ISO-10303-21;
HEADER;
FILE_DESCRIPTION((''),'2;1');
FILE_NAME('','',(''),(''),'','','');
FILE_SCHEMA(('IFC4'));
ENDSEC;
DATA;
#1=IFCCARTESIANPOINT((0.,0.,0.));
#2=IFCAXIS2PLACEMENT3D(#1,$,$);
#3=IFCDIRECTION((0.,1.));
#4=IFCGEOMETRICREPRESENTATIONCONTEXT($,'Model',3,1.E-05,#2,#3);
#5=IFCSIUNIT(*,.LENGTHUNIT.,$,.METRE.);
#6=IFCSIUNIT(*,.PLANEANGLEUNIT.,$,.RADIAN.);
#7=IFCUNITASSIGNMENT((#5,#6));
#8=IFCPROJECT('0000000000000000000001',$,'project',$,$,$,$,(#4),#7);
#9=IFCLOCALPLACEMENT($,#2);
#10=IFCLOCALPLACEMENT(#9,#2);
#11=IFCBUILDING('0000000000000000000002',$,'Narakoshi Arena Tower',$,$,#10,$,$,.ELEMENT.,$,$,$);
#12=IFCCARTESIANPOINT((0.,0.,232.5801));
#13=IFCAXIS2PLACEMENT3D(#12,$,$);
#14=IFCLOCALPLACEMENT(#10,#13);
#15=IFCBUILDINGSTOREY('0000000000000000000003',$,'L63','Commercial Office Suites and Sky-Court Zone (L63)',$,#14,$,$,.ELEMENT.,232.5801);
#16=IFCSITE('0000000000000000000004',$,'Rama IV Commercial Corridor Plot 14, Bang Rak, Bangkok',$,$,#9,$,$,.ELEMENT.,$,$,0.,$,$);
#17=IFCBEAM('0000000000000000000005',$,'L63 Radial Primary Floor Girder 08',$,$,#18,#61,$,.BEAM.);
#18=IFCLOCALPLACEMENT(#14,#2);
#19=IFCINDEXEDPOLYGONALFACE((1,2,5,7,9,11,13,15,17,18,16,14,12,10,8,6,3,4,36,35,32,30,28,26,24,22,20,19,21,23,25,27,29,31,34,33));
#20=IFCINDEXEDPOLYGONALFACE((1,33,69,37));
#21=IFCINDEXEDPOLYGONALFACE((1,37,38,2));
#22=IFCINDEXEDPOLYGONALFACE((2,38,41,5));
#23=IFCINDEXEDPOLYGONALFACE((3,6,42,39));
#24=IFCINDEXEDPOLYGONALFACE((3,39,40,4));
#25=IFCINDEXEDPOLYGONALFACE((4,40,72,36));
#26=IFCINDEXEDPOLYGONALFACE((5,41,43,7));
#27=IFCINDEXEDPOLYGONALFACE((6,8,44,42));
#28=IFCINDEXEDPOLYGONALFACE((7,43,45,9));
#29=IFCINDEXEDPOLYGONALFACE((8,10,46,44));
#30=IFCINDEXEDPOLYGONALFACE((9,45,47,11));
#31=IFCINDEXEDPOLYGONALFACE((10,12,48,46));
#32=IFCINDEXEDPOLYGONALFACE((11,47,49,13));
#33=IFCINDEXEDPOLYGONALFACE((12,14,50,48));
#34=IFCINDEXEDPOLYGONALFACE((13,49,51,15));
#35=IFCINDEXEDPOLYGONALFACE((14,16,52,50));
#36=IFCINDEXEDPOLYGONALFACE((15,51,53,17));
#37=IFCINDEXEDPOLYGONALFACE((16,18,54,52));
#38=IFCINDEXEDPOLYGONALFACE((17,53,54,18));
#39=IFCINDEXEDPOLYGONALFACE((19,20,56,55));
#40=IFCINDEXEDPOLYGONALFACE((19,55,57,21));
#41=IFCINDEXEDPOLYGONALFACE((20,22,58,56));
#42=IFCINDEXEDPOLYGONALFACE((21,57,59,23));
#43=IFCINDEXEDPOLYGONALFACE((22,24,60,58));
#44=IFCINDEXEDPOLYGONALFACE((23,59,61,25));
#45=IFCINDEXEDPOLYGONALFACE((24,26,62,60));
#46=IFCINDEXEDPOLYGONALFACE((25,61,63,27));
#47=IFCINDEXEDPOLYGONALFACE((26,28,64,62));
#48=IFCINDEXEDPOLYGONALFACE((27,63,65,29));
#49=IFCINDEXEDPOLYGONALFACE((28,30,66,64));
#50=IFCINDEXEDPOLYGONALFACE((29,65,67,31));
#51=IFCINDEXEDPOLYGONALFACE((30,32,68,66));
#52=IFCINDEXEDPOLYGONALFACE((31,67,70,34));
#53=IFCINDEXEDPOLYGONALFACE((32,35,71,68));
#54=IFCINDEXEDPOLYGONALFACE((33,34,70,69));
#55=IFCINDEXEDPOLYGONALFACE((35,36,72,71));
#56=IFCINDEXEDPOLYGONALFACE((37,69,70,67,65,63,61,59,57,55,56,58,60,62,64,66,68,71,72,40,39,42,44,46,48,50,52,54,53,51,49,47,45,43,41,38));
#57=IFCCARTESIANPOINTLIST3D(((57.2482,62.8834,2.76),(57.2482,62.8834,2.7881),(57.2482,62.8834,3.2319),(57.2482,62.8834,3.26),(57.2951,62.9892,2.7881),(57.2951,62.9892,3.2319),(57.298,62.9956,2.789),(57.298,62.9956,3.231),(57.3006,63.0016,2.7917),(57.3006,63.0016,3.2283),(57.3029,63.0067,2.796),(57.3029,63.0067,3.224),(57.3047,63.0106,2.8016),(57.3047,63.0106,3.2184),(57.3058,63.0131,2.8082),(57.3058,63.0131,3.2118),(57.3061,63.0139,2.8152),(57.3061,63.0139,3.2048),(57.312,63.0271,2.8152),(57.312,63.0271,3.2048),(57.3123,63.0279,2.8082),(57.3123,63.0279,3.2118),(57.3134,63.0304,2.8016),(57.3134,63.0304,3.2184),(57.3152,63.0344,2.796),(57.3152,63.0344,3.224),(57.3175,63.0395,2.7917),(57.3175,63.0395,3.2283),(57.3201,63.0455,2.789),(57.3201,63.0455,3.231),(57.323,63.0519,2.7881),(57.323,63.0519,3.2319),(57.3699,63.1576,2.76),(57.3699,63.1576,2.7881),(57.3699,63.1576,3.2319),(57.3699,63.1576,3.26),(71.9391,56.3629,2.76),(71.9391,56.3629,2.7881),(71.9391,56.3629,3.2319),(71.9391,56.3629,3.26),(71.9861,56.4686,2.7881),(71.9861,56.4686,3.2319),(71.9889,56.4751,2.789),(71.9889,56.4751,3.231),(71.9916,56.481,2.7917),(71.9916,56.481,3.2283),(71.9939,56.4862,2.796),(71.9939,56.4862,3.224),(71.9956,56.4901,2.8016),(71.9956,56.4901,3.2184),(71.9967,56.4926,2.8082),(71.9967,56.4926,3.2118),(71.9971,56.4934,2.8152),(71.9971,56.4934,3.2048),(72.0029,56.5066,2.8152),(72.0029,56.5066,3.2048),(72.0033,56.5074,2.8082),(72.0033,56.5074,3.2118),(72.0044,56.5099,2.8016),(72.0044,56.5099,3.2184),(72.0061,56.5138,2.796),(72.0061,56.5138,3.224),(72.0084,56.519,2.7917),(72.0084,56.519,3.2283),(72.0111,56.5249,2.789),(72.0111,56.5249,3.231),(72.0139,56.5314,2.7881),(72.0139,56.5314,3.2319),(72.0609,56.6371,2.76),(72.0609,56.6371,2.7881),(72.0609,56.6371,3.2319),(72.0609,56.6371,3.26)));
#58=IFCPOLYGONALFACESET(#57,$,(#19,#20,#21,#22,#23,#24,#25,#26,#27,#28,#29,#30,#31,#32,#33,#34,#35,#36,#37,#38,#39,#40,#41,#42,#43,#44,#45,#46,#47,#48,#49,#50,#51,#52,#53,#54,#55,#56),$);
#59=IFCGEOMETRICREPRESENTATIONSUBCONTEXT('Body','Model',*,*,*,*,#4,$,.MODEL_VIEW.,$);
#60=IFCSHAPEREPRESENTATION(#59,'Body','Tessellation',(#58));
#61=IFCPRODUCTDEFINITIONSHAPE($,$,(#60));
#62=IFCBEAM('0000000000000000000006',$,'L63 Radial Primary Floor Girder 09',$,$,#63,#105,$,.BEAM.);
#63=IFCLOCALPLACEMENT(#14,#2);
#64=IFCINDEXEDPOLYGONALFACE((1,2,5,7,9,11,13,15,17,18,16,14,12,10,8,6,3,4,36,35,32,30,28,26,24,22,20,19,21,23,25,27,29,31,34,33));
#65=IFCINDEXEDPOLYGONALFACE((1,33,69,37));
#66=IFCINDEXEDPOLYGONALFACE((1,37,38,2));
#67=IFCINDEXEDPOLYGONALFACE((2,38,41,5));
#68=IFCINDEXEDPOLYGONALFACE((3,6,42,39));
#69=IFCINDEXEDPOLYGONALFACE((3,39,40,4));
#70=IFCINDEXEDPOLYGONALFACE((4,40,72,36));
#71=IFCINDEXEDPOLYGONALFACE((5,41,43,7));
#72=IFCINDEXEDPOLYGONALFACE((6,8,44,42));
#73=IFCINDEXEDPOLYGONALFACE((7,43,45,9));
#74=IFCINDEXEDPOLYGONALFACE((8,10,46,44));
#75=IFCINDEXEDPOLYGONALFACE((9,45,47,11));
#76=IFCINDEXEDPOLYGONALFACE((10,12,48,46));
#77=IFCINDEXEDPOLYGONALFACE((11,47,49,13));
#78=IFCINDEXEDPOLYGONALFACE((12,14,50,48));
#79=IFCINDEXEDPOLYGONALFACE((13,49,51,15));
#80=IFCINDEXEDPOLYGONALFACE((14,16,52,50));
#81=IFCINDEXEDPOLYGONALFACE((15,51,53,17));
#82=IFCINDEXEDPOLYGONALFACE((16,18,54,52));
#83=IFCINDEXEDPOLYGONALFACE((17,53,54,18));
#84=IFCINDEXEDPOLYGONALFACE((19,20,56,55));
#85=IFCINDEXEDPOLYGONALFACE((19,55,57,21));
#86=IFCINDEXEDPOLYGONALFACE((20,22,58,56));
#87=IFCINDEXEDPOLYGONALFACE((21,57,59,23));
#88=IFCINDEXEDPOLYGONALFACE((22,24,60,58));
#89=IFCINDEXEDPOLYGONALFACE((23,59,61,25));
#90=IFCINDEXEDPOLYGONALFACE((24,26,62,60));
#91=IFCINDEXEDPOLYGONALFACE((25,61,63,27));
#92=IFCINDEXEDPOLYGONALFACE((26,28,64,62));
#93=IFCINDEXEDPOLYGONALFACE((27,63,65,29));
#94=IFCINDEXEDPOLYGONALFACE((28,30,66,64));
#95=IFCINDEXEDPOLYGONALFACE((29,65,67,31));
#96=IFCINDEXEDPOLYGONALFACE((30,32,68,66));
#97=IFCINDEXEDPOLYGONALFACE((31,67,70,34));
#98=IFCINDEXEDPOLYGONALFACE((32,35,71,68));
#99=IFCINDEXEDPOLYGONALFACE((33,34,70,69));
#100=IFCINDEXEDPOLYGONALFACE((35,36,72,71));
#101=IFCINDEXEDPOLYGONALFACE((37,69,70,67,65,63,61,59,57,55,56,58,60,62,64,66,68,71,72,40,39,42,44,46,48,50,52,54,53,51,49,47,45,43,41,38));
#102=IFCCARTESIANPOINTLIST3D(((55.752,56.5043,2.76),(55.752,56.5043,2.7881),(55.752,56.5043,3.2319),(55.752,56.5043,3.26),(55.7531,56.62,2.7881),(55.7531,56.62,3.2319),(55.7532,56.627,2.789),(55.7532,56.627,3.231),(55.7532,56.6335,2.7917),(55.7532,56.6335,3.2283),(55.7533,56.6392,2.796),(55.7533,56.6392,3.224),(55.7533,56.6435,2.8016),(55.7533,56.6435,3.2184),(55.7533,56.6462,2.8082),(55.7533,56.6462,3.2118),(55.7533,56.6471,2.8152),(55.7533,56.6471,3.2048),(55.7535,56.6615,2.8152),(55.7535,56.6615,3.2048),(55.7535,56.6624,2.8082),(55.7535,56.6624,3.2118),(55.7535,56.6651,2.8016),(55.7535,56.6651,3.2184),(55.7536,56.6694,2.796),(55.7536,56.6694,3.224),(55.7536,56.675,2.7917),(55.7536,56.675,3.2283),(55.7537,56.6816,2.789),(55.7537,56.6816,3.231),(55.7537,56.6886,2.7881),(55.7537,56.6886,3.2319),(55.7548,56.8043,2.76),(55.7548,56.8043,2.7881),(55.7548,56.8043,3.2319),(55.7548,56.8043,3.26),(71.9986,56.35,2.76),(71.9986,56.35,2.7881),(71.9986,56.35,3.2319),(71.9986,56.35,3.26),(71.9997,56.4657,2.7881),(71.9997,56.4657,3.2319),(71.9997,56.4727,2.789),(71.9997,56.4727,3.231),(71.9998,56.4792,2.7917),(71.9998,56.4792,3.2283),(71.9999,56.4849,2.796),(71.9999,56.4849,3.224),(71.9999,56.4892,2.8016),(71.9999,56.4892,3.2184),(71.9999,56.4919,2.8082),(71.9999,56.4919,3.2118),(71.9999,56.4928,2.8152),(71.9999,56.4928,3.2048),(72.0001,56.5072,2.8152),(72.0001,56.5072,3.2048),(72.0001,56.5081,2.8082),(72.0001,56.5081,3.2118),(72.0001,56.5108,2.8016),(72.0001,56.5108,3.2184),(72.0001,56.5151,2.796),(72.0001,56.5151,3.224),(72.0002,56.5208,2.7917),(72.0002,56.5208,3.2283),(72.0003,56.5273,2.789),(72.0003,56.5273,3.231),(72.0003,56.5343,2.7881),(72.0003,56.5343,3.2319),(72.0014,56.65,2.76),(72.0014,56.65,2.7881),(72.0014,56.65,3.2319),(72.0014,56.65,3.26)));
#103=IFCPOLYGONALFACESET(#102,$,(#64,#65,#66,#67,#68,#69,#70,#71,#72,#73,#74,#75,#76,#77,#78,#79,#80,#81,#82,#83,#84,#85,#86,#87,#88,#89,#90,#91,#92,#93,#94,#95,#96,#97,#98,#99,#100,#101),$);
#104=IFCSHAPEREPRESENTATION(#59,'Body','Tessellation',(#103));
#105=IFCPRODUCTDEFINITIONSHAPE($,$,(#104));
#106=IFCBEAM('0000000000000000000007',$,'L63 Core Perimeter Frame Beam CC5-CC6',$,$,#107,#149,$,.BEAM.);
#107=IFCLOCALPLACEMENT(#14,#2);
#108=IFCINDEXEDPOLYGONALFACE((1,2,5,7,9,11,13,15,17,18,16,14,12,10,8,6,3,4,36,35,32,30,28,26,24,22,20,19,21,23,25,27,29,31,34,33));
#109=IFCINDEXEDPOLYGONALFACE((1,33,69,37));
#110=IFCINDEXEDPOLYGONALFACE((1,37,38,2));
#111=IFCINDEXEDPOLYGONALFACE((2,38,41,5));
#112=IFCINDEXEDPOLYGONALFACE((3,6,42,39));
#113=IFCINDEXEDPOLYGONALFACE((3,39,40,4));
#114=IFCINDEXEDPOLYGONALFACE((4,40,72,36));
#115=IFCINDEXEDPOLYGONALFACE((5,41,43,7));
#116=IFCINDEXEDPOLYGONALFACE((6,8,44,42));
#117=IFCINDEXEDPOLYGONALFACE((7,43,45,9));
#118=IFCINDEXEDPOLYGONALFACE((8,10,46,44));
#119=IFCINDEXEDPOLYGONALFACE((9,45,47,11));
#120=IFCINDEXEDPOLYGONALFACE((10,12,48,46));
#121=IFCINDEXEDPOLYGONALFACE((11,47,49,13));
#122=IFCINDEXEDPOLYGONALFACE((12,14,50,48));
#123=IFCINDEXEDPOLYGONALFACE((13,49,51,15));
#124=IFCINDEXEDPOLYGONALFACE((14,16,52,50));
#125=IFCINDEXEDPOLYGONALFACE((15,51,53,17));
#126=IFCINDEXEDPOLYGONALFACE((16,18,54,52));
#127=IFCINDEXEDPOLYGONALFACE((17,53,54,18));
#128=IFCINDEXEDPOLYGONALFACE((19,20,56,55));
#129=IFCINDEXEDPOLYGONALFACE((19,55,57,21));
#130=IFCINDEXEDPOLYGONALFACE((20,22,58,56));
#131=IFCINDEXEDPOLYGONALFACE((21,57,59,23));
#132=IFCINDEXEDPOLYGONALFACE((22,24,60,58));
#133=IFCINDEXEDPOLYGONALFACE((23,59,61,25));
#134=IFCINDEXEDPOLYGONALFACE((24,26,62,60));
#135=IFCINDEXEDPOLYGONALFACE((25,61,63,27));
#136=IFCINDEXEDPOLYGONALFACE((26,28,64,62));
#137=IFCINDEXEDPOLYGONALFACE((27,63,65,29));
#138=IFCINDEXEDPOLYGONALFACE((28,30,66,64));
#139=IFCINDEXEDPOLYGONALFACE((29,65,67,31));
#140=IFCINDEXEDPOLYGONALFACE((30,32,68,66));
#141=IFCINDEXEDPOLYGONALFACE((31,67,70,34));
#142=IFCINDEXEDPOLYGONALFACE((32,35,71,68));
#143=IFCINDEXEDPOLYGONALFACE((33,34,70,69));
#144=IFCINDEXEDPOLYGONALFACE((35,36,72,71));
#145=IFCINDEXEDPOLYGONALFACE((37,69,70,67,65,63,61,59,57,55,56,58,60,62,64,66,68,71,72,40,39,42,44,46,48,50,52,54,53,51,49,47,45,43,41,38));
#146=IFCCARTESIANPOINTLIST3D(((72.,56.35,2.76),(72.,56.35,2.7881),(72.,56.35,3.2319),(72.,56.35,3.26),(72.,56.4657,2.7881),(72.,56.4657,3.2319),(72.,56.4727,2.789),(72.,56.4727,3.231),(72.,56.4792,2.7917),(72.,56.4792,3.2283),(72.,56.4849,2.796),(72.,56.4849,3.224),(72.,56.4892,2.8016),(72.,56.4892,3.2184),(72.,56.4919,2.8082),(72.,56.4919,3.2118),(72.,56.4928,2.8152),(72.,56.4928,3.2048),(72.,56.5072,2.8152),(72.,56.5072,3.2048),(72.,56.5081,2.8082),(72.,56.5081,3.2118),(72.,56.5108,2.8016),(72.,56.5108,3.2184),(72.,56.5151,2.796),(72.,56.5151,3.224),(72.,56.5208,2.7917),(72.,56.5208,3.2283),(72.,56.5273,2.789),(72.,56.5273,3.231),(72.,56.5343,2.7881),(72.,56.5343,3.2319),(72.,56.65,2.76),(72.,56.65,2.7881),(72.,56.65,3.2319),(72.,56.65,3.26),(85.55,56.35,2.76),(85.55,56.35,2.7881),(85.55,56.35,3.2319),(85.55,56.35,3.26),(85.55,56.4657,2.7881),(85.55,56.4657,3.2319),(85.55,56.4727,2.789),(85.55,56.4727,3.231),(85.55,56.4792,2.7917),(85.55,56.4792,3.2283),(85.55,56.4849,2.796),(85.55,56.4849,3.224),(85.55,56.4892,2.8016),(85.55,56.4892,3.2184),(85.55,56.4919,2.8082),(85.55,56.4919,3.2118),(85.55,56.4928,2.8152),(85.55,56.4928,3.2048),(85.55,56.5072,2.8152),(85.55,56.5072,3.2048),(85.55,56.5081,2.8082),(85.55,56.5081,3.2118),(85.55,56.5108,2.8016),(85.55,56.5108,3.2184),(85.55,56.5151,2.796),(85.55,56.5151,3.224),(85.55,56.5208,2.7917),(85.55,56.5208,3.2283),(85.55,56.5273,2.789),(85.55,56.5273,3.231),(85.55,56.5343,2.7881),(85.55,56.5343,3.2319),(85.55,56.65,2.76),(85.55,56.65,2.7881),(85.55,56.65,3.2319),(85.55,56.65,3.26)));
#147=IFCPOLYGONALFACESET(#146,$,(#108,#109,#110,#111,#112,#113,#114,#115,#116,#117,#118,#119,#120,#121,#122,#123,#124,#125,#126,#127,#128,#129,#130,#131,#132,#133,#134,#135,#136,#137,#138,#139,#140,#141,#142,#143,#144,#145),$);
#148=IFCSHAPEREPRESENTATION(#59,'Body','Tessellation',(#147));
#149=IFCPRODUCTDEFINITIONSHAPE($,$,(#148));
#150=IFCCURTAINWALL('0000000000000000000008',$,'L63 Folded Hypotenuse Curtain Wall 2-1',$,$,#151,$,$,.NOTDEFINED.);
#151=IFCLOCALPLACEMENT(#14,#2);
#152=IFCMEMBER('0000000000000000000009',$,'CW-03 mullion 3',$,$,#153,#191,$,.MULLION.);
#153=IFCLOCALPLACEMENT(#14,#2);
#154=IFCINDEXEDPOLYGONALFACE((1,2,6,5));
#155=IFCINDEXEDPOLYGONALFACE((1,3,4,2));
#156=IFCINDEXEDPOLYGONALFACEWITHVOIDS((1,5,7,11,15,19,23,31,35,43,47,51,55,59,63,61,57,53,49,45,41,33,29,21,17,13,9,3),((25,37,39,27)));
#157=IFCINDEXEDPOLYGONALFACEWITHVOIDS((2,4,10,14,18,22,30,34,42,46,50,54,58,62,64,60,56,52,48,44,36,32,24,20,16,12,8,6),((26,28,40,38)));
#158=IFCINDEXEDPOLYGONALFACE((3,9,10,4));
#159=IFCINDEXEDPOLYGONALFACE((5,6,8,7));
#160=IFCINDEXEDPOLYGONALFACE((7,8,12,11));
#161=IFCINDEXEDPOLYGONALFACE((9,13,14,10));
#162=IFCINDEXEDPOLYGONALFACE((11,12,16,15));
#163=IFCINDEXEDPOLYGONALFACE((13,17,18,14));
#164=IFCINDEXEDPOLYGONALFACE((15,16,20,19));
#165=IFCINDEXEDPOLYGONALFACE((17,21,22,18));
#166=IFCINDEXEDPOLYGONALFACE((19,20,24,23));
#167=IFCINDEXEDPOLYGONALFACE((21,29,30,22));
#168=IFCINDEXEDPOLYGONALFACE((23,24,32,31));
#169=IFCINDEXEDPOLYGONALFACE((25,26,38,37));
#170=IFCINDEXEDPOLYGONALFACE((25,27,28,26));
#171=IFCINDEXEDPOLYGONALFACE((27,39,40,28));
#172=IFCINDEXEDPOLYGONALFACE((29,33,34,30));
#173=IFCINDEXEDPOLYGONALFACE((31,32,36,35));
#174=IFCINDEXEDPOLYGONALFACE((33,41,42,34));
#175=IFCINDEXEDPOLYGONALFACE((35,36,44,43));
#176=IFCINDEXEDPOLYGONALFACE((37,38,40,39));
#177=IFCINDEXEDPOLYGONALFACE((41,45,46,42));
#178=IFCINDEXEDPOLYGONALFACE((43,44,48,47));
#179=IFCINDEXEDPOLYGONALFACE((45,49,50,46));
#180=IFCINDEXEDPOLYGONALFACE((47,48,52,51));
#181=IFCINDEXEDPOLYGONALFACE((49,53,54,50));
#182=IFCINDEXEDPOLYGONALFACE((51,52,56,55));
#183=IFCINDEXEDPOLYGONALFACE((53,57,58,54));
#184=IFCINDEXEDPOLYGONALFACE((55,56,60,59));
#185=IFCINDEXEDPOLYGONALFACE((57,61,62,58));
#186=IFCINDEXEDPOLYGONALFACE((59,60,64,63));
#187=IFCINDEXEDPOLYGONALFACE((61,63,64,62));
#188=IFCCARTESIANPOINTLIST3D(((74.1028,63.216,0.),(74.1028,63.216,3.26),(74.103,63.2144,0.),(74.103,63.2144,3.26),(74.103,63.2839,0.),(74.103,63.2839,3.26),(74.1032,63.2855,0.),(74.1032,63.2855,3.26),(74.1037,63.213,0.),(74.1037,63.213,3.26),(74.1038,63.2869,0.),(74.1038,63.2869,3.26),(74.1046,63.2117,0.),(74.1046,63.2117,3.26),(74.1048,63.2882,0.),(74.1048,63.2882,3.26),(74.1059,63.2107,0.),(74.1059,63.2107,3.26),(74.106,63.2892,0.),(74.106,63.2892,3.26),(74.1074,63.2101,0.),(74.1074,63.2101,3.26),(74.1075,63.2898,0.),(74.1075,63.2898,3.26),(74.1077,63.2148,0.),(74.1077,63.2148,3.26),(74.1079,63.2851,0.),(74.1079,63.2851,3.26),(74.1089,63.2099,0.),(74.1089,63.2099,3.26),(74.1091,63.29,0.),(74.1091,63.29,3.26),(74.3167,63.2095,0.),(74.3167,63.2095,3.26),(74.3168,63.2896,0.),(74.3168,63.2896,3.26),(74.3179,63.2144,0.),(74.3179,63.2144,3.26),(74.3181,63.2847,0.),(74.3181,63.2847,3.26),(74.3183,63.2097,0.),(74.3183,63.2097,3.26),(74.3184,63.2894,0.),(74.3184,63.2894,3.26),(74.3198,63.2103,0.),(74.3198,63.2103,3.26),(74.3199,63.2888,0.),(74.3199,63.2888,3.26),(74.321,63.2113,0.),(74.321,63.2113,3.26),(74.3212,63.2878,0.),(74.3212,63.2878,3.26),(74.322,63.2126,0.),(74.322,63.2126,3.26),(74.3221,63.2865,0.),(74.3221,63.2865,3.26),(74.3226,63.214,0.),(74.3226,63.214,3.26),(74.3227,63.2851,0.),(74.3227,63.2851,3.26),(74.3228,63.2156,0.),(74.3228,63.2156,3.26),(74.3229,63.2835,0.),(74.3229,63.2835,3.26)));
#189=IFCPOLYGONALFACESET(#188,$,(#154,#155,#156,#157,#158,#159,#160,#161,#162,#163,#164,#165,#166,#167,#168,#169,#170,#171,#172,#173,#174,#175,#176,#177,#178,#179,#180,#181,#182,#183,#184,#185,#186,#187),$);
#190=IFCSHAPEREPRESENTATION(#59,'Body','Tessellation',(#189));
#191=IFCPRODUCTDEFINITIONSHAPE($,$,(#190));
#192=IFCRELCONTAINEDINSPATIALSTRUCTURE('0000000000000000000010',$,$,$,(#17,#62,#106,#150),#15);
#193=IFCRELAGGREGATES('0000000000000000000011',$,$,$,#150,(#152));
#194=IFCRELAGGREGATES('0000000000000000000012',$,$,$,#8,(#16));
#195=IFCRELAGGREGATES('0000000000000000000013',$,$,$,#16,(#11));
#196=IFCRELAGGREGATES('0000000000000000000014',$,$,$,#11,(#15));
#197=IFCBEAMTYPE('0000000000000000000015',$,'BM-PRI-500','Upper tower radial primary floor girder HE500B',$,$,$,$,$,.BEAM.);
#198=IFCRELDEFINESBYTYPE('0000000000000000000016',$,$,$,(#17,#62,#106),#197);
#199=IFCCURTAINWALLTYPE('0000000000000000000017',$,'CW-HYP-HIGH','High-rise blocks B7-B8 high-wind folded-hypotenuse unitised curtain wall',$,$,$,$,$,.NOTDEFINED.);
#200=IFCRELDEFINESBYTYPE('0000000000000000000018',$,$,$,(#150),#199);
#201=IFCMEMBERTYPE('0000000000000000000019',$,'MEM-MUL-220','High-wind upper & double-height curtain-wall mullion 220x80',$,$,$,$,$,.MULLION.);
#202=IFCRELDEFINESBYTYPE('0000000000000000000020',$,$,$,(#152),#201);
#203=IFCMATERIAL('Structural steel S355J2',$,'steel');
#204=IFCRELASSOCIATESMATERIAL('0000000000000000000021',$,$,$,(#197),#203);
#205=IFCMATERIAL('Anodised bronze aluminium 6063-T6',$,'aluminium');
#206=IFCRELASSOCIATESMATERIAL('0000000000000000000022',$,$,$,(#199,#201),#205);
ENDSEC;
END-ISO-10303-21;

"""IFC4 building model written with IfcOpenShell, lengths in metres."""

from ifc_helpers import new_model, si_unit, direction, frame, origin, origin_2d, place, context, subcontext, project, spatial, hollow_rectangle, i_section, extrude, material, material_profile, profile_set, type_object, element, aggregate, save


model = new_model("IFC4")

# Units and contexts
model_context = context("Model", 3, precision=1e-05, world=origin(), true_north=direction((0.0, 1.0)))
body_context = subcontext(model_context, "Body", "Model", "MODEL_VIEW")
ifc_project = project(units=[si_unit("LENGTHUNIT", "METRE"), si_unit("PLANEANGLEUNIT", "RADIAN")], contexts=[model_context])

# Site, building, storey
site_placement = place(None, origin())
site = spatial("IfcSite", under=ifc_project, at=site_placement, Name="Rama IV Commercial Corridor Plot 14, Bang Rak, Bangkok", CompositionType="ELEMENT", RefElevation=0.0)
building_placement = place(site_placement, origin())
building = spatial("IfcBuilding", under=site, at=building_placement, Name="Narakoshi Arena Tower", CompositionType="ELEMENT")
storey_placement = place(building_placement, frame((0.0, 0.0, 232.5801)))
storey = spatial("IfcBuildingStorey", under=building, at=storey_placement, Name="L63", Description="Commercial Office Suites and Sky-Court Zone (L63)", CompositionType="ELEMENT", Elevation=232.5801)

# Beams
ifc_material_1 = material(Name="Structural steel S355J2", Category="steel")
ifc_material_profile_1 = material_profile(ifc_material_1, i_section(OverallWidth=0.3, OverallDepth=0.5, WebThickness=0.0144, FlangeThickness=0.0281, FilletRadius=0.0271, at=origin_2d()), Name="HE500B")
ifc_profile_set_1 = profile_set([ifc_material_profile_1], Name="Structural steel S355J2")
beam_type = type_object("IfcBeamType", Name="BM-PRI-500", Description="Upper tower radial primary floor girder HE500B", PredefinedType="BEAM", material=ifc_profile_set_1)
beam_1_placement = place(storey_placement, frame((72.0, 56.5, 3.01), z_axis=(-0.914014, 0.405682, 0.0), x_axis=(-0.405682, -0.914014, 0.0)))
element("IfcBeam", 1, at=beam_1_placement, inside=storey, type_object=beam_type, Name="L63 Radial Primary Floor Girder 08", PredefinedType="BEAM", context=body_context, shape_type="SweptSolid", body=[
    extrude(i_section(OverallWidth=0.3, OverallDepth=0.5, WebThickness=0.0144, FlangeThickness=0.0281, FilletRadius=0.0271, at=origin_2d()), origin(), (0.0, 0.0, 1.0), 16.073),
])
beam_2_placement = place(storey_placement, frame((72.0, 56.5, 3.01), z_axis=(-0.999955, 0.009497, 0.0), x_axis=(-0.009497, -0.999955, 0.0)))
element("IfcBeam", 2, at=beam_2_placement, inside=storey, type_object=beam_type, Name="L63 Radial Primary Floor Girder 09", PredefinedType="BEAM", context=body_context, shape_type="SweptSolid", body=[
    extrude(i_section(OverallWidth=0.3, OverallDepth=0.5, WebThickness=0.0144, FlangeThickness=0.0281, FilletRadius=0.0271, at=origin_2d()), origin(), (0.0, 0.0, 1.0), 16.2473),
])
beam_3_placement = place(storey_placement, frame((72.0, 56.5, 3.01), z_axis=(1.0, 0.0, 0.0), x_axis=(0.0, 1.0, 0.0)))
element("IfcBeam", 3, at=beam_3_placement, inside=storey, type_object=beam_type, Name="L63 Core Perimeter Frame Beam CC5-CC6", PredefinedType="BEAM", context=body_context, shape_type="SweptSolid", body=[
    extrude(i_section(OverallWidth=0.3, OverallDepth=0.5, WebThickness=0.0144, FlangeThickness=0.0281, FilletRadius=0.0271, at=origin_2d()), origin(), (0.0, 0.0, 1.0), 13.55),
])

# Curtain wall, member
ifc_material_2 = material(Name="Anodised bronze aluminium 6063-T6", Category="aluminium")
curtain_wall_type = type_object("IfcCurtainWallType", Name="CW-HYP-HIGH", Description="High-rise blocks B7-B8 high-wind folded-hypotenuse unitised curtain wall", PredefinedType="NOTDEFINED", material=ifc_material_2)
curtain_wall_placement = place(storey_placement, origin())
curtain_wall = element("IfcCurtainWall", 4, at=curtain_wall_placement, inside=storey, type_object=curtain_wall_type, Name="L63 Folded Hypotenuse Curtain Wall 2-1", PredefinedType="NOTDEFINED")
ifc_material_profile_2 = material_profile(ifc_material_2, hollow_rectangle(XDim=0.0801, YDim=0.22, WallThickness=0.0049, OuterFilletRadius=0.0061, at=origin_2d()), Name="MUL220x80x5")
ifc_profile_set_2 = profile_set([ifc_material_profile_2], Name="Anodised bronze aluminium 6063-T6")
member_type_1 = type_object("IfcMemberType", Name="MEM-MUL-220", Description="High-wind upper & double-height curtain-wall mullion 220x80", PredefinedType="MULLION", material=ifc_profile_set_2)
member_1_placement = place(storey_placement, frame((74.2129, 63.2498, 0.0), z_axis=(0.0, 0.0, 1.0), x_axis=(-0.00182, -0.999998, 0.0)))
member_1 = element("IfcMember", 5, at=member_1_placement, type_object=member_type_1, Name="CW-03 mullion 3", PredefinedType="MULLION", context=body_context, shape_type="SweptSolid", body=[
    extrude(hollow_rectangle(XDim=0.0801, YDim=0.22, WallThickness=0.0049, OuterFilletRadius=0.0061, at=origin_2d()), origin(), (0.0, 0.0, 1.0), 3.26),
])
aggregate(curtain_wall, [member_1])

save(model, "model.ifc")
